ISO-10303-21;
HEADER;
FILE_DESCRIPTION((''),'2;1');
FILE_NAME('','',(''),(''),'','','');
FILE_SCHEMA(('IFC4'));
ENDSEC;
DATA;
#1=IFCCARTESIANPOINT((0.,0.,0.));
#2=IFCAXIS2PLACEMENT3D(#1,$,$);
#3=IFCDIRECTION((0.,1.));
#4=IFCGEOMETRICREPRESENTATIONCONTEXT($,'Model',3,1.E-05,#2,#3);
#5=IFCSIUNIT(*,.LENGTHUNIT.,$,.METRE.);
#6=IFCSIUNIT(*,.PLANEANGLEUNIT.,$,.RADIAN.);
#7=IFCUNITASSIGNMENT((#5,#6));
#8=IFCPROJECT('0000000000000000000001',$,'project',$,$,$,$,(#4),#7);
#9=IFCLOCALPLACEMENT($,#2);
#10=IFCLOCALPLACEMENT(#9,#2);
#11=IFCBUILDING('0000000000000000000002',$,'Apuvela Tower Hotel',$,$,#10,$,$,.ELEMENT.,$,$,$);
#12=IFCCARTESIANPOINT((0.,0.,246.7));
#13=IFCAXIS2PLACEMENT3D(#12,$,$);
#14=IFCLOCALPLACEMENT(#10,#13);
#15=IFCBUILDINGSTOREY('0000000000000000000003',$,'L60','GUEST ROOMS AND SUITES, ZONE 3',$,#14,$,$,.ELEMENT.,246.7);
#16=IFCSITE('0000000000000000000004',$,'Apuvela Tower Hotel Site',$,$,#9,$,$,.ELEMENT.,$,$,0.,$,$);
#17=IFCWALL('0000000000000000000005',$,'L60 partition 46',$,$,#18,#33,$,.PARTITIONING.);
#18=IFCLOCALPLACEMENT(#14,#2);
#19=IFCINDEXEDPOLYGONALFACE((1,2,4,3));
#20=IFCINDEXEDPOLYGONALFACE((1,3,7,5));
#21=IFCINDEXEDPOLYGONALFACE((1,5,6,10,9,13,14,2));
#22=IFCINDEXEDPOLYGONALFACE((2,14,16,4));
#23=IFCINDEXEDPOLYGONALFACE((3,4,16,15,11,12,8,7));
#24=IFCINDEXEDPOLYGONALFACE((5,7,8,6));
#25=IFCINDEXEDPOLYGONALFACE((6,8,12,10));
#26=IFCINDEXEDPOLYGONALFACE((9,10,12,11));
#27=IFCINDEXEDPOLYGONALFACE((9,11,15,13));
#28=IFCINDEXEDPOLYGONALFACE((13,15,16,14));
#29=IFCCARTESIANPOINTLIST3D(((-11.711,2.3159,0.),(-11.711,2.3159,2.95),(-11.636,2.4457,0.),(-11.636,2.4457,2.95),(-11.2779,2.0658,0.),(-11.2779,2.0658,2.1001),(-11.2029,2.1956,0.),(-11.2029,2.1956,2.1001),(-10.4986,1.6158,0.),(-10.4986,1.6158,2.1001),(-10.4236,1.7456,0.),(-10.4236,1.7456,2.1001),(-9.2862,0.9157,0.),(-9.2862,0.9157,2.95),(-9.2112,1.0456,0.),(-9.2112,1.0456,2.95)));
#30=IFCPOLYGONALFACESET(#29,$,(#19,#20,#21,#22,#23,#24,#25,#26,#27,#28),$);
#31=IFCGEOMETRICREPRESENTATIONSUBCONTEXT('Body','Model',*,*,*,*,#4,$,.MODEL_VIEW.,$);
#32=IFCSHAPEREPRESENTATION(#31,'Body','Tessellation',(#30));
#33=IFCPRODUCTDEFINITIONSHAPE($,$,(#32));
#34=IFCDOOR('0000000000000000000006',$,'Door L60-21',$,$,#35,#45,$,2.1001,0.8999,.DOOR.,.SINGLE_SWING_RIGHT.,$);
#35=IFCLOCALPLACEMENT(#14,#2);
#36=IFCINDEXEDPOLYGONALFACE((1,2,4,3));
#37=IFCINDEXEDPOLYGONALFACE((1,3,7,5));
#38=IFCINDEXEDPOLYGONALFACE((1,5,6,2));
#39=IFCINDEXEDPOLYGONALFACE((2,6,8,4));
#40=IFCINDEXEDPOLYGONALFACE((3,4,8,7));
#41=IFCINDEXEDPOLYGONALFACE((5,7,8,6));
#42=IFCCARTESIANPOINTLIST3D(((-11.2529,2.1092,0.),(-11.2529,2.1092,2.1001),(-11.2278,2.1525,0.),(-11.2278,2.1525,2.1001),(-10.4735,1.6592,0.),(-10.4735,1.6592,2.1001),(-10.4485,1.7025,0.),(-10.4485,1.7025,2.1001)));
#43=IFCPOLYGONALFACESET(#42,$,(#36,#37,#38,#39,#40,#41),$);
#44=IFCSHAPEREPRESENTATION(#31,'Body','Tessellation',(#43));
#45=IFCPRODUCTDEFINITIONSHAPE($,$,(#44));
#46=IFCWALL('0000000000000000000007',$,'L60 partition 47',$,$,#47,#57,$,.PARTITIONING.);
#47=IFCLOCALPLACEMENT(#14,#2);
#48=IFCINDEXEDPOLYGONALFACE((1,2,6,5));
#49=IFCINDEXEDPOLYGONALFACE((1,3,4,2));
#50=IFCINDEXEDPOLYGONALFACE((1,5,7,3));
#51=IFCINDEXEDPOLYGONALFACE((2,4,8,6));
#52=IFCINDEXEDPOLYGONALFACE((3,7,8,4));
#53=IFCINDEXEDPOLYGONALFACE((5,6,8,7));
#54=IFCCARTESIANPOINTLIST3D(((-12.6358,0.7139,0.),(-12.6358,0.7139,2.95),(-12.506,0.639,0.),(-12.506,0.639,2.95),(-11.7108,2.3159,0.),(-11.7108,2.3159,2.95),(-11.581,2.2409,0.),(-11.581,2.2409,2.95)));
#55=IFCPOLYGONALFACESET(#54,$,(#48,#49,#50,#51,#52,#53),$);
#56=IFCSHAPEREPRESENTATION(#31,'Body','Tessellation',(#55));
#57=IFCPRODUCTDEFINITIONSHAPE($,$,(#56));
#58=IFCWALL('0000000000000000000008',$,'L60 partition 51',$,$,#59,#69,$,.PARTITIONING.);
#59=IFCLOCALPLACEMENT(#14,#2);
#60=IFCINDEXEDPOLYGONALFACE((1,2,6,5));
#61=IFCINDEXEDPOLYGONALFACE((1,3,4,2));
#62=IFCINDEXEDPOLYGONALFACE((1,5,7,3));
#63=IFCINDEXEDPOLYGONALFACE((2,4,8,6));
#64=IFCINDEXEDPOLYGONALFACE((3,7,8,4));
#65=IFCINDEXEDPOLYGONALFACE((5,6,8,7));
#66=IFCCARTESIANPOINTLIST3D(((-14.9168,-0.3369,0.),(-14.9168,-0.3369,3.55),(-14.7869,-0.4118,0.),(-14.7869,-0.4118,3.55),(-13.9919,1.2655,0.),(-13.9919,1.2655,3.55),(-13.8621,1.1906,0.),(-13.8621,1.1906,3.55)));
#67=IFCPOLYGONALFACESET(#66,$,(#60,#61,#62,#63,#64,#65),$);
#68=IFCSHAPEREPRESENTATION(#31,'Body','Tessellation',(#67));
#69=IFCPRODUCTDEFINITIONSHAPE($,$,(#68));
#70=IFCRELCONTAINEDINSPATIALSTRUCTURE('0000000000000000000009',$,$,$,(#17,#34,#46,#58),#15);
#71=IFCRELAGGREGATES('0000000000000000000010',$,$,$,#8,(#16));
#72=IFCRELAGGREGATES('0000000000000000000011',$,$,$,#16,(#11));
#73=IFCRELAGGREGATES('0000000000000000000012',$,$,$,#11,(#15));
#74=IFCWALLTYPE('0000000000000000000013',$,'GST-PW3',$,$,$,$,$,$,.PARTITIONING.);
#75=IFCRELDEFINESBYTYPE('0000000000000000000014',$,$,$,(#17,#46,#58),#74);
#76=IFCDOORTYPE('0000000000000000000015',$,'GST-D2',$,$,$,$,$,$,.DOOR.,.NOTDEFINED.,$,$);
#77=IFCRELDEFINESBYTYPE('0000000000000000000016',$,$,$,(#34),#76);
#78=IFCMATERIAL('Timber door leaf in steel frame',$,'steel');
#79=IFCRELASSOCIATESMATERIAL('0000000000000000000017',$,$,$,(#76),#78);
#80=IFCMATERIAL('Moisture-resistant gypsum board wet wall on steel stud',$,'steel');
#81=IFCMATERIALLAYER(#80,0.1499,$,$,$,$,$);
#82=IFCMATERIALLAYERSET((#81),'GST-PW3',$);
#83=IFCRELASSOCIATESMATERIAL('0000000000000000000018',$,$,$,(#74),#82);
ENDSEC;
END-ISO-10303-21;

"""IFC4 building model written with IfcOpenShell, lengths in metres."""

from ifc_helpers import new_model, si_unit, direction, frame, frame_2d, origin, place, context, subcontext, project, spatial, rectangle, extrude, material, layer, layer_set, type_object, element, fill, save


model = new_model("IFC4")

# Units and contexts
model_context = context("Model", 3, precision=1e-05, world=origin(), true_north=direction((0.0, 1.0)))
body_context = subcontext(model_context, "Body", "Model", "MODEL_VIEW")
ifc_project = project(units=[si_unit("LENGTHUNIT", "METRE"), si_unit("PLANEANGLEUNIT", "RADIAN")], contexts=[model_context])

# Site, building, storey
site_placement = place(None, origin())
site = spatial("IfcSite", under=ifc_project, at=site_placement, Name="Apuvela Tower Hotel Site", CompositionType="ELEMENT", RefElevation=0.0)
building_placement = place(site_placement, origin())
building = spatial("IfcBuilding", under=site, at=building_placement, Name="Apuvela Tower Hotel", CompositionType="ELEMENT")
storey_placement = place(building_placement, frame((0.0, 0.0, 246.7)))
storey = spatial("IfcBuildingStorey", under=building, at=storey_placement, Name="L60", Description="GUEST ROOMS AND SUITES, ZONE 3", CompositionType="ELEMENT", Elevation=246.7)

# Shared definitions
ifc_material_1 = material(Name="Timber door leaf in steel frame", Category="steel")
door_type_1 = type_object("IfcDoorType", Name="GST-D2", OperationType="NOTDEFINED", PredefinedType="DOOR", material=ifc_material_1)
ifc_material_2 = material(Name="Moisture-resistant gypsum board wet wall on steel stud", Category="steel")
ifc_layer_1 = layer(ifc_material_2, 0.1499)
ifc_layer_set_1 = layer_set([ifc_layer_1], Name="GST-PW3")
wall_type_1 = type_object("IfcWallType", Name="GST-PW3", PredefinedType="PARTITIONING", material=ifc_layer_set_1)

# Wall, opening, door
wall_1_placement = place(storey_placement, frame((-9.2488, 0.9807, 0.0), z_axis=(0.0, 0.0, 1.0), x_axis=(-0.865997, 0.50005, 0.0)))
wall_1 = element("IfcWall", 1, at=wall_1_placement, inside=storey, type_object=wall_type_1, Name="L60 partition 46", PredefinedType="PARTITIONING", context=body_context, shape_type="SweptSolid", body=[
    extrude(rectangle(XDim=2.8, YDim=0.1499, at=frame_2d((1.3999, 0.0))), origin(), (0.0, 0.0, 1.0), 2.95),
])
opening_1_placement = place(wall_1_placement, frame((1.3999, 0.0, 0.0)))
opening_1 = element("IfcOpeningElement", 2, at=opening_1_placement, cuts=wall_1, PredefinedType="OPENING", context=body_context, shape_type="SweptSolid", body=[
    extrude(rectangle(XDim=0.8999, YDim=2.1001, at=frame_2d((0.45, 1.05))), frame((0.0, 0.085, 0.0), z_axis=(0.0, -1.0, 0.0), x_axis=(1.0, 0.0, 0.0)), (0.0, 0.0, 1.0), 0.1699),
])
door_1_placement = place(opening_1_placement, origin())
door_1 = element("IfcDoor", 3, at=door_1_placement, inside=storey, type_object=door_type_1, Name="Door L60-21", OperationType="SINGLE_SWING_RIGHT", OverallHeight=2.1001, OverallWidth=0.8999, PredefinedType="DOOR", context=body_context, shape_type="SweptSolid", body=[
    extrude(rectangle(XDim=0.8999, YDim=2.1001, at=frame_2d((0.45, 1.05))), frame((0.0, 0.0249, 0.0), z_axis=(0.0, -1.0, 0.0), x_axis=(1.0, 0.0, 0.0)), (0.0, 0.0, 1.0), 0.05),
])
fill(opening_1, door_1)

# Walls
wall_2_placement = place(storey_placement, frame((-11.646, 2.2783, 0.0), z_axis=(0.0, 0.0, 1.0), x_axis=(-0.500042, -0.866001, 0.0)))
element("IfcWall", 4, at=wall_2_placement, inside=storey, type_object=wall_type_1, Name="L60 partition 47", PredefinedType="PARTITIONING", context=body_context, shape_type="SweptSolid", body=[
    extrude(rectangle(XDim=1.8499, YDim=0.1499, at=frame_2d((0.9248, 0.0))), origin(), (0.0, 0.0, 1.0), 2.95),
])
wall_3_placement = place(storey_placement, frame((-13.927, 1.228, 0.0), z_axis=(0.0, 0.0, 1.0), x_axis=(-0.499886, -0.866091, 0.0)))
element("IfcWall", 5, at=wall_3_placement, inside=storey, type_object=wall_type_1, Name="L60 partition 51", PredefinedType="PARTITIONING", context=body_context, shape_type="SweptSolid", body=[
    extrude(rectangle(XDim=1.8501, YDim=0.1499, at=frame_2d((0.925, 0.0))), origin(), (0.0, 0.0, 1.0), 3.55),
])

save(model, "model.ifc")
